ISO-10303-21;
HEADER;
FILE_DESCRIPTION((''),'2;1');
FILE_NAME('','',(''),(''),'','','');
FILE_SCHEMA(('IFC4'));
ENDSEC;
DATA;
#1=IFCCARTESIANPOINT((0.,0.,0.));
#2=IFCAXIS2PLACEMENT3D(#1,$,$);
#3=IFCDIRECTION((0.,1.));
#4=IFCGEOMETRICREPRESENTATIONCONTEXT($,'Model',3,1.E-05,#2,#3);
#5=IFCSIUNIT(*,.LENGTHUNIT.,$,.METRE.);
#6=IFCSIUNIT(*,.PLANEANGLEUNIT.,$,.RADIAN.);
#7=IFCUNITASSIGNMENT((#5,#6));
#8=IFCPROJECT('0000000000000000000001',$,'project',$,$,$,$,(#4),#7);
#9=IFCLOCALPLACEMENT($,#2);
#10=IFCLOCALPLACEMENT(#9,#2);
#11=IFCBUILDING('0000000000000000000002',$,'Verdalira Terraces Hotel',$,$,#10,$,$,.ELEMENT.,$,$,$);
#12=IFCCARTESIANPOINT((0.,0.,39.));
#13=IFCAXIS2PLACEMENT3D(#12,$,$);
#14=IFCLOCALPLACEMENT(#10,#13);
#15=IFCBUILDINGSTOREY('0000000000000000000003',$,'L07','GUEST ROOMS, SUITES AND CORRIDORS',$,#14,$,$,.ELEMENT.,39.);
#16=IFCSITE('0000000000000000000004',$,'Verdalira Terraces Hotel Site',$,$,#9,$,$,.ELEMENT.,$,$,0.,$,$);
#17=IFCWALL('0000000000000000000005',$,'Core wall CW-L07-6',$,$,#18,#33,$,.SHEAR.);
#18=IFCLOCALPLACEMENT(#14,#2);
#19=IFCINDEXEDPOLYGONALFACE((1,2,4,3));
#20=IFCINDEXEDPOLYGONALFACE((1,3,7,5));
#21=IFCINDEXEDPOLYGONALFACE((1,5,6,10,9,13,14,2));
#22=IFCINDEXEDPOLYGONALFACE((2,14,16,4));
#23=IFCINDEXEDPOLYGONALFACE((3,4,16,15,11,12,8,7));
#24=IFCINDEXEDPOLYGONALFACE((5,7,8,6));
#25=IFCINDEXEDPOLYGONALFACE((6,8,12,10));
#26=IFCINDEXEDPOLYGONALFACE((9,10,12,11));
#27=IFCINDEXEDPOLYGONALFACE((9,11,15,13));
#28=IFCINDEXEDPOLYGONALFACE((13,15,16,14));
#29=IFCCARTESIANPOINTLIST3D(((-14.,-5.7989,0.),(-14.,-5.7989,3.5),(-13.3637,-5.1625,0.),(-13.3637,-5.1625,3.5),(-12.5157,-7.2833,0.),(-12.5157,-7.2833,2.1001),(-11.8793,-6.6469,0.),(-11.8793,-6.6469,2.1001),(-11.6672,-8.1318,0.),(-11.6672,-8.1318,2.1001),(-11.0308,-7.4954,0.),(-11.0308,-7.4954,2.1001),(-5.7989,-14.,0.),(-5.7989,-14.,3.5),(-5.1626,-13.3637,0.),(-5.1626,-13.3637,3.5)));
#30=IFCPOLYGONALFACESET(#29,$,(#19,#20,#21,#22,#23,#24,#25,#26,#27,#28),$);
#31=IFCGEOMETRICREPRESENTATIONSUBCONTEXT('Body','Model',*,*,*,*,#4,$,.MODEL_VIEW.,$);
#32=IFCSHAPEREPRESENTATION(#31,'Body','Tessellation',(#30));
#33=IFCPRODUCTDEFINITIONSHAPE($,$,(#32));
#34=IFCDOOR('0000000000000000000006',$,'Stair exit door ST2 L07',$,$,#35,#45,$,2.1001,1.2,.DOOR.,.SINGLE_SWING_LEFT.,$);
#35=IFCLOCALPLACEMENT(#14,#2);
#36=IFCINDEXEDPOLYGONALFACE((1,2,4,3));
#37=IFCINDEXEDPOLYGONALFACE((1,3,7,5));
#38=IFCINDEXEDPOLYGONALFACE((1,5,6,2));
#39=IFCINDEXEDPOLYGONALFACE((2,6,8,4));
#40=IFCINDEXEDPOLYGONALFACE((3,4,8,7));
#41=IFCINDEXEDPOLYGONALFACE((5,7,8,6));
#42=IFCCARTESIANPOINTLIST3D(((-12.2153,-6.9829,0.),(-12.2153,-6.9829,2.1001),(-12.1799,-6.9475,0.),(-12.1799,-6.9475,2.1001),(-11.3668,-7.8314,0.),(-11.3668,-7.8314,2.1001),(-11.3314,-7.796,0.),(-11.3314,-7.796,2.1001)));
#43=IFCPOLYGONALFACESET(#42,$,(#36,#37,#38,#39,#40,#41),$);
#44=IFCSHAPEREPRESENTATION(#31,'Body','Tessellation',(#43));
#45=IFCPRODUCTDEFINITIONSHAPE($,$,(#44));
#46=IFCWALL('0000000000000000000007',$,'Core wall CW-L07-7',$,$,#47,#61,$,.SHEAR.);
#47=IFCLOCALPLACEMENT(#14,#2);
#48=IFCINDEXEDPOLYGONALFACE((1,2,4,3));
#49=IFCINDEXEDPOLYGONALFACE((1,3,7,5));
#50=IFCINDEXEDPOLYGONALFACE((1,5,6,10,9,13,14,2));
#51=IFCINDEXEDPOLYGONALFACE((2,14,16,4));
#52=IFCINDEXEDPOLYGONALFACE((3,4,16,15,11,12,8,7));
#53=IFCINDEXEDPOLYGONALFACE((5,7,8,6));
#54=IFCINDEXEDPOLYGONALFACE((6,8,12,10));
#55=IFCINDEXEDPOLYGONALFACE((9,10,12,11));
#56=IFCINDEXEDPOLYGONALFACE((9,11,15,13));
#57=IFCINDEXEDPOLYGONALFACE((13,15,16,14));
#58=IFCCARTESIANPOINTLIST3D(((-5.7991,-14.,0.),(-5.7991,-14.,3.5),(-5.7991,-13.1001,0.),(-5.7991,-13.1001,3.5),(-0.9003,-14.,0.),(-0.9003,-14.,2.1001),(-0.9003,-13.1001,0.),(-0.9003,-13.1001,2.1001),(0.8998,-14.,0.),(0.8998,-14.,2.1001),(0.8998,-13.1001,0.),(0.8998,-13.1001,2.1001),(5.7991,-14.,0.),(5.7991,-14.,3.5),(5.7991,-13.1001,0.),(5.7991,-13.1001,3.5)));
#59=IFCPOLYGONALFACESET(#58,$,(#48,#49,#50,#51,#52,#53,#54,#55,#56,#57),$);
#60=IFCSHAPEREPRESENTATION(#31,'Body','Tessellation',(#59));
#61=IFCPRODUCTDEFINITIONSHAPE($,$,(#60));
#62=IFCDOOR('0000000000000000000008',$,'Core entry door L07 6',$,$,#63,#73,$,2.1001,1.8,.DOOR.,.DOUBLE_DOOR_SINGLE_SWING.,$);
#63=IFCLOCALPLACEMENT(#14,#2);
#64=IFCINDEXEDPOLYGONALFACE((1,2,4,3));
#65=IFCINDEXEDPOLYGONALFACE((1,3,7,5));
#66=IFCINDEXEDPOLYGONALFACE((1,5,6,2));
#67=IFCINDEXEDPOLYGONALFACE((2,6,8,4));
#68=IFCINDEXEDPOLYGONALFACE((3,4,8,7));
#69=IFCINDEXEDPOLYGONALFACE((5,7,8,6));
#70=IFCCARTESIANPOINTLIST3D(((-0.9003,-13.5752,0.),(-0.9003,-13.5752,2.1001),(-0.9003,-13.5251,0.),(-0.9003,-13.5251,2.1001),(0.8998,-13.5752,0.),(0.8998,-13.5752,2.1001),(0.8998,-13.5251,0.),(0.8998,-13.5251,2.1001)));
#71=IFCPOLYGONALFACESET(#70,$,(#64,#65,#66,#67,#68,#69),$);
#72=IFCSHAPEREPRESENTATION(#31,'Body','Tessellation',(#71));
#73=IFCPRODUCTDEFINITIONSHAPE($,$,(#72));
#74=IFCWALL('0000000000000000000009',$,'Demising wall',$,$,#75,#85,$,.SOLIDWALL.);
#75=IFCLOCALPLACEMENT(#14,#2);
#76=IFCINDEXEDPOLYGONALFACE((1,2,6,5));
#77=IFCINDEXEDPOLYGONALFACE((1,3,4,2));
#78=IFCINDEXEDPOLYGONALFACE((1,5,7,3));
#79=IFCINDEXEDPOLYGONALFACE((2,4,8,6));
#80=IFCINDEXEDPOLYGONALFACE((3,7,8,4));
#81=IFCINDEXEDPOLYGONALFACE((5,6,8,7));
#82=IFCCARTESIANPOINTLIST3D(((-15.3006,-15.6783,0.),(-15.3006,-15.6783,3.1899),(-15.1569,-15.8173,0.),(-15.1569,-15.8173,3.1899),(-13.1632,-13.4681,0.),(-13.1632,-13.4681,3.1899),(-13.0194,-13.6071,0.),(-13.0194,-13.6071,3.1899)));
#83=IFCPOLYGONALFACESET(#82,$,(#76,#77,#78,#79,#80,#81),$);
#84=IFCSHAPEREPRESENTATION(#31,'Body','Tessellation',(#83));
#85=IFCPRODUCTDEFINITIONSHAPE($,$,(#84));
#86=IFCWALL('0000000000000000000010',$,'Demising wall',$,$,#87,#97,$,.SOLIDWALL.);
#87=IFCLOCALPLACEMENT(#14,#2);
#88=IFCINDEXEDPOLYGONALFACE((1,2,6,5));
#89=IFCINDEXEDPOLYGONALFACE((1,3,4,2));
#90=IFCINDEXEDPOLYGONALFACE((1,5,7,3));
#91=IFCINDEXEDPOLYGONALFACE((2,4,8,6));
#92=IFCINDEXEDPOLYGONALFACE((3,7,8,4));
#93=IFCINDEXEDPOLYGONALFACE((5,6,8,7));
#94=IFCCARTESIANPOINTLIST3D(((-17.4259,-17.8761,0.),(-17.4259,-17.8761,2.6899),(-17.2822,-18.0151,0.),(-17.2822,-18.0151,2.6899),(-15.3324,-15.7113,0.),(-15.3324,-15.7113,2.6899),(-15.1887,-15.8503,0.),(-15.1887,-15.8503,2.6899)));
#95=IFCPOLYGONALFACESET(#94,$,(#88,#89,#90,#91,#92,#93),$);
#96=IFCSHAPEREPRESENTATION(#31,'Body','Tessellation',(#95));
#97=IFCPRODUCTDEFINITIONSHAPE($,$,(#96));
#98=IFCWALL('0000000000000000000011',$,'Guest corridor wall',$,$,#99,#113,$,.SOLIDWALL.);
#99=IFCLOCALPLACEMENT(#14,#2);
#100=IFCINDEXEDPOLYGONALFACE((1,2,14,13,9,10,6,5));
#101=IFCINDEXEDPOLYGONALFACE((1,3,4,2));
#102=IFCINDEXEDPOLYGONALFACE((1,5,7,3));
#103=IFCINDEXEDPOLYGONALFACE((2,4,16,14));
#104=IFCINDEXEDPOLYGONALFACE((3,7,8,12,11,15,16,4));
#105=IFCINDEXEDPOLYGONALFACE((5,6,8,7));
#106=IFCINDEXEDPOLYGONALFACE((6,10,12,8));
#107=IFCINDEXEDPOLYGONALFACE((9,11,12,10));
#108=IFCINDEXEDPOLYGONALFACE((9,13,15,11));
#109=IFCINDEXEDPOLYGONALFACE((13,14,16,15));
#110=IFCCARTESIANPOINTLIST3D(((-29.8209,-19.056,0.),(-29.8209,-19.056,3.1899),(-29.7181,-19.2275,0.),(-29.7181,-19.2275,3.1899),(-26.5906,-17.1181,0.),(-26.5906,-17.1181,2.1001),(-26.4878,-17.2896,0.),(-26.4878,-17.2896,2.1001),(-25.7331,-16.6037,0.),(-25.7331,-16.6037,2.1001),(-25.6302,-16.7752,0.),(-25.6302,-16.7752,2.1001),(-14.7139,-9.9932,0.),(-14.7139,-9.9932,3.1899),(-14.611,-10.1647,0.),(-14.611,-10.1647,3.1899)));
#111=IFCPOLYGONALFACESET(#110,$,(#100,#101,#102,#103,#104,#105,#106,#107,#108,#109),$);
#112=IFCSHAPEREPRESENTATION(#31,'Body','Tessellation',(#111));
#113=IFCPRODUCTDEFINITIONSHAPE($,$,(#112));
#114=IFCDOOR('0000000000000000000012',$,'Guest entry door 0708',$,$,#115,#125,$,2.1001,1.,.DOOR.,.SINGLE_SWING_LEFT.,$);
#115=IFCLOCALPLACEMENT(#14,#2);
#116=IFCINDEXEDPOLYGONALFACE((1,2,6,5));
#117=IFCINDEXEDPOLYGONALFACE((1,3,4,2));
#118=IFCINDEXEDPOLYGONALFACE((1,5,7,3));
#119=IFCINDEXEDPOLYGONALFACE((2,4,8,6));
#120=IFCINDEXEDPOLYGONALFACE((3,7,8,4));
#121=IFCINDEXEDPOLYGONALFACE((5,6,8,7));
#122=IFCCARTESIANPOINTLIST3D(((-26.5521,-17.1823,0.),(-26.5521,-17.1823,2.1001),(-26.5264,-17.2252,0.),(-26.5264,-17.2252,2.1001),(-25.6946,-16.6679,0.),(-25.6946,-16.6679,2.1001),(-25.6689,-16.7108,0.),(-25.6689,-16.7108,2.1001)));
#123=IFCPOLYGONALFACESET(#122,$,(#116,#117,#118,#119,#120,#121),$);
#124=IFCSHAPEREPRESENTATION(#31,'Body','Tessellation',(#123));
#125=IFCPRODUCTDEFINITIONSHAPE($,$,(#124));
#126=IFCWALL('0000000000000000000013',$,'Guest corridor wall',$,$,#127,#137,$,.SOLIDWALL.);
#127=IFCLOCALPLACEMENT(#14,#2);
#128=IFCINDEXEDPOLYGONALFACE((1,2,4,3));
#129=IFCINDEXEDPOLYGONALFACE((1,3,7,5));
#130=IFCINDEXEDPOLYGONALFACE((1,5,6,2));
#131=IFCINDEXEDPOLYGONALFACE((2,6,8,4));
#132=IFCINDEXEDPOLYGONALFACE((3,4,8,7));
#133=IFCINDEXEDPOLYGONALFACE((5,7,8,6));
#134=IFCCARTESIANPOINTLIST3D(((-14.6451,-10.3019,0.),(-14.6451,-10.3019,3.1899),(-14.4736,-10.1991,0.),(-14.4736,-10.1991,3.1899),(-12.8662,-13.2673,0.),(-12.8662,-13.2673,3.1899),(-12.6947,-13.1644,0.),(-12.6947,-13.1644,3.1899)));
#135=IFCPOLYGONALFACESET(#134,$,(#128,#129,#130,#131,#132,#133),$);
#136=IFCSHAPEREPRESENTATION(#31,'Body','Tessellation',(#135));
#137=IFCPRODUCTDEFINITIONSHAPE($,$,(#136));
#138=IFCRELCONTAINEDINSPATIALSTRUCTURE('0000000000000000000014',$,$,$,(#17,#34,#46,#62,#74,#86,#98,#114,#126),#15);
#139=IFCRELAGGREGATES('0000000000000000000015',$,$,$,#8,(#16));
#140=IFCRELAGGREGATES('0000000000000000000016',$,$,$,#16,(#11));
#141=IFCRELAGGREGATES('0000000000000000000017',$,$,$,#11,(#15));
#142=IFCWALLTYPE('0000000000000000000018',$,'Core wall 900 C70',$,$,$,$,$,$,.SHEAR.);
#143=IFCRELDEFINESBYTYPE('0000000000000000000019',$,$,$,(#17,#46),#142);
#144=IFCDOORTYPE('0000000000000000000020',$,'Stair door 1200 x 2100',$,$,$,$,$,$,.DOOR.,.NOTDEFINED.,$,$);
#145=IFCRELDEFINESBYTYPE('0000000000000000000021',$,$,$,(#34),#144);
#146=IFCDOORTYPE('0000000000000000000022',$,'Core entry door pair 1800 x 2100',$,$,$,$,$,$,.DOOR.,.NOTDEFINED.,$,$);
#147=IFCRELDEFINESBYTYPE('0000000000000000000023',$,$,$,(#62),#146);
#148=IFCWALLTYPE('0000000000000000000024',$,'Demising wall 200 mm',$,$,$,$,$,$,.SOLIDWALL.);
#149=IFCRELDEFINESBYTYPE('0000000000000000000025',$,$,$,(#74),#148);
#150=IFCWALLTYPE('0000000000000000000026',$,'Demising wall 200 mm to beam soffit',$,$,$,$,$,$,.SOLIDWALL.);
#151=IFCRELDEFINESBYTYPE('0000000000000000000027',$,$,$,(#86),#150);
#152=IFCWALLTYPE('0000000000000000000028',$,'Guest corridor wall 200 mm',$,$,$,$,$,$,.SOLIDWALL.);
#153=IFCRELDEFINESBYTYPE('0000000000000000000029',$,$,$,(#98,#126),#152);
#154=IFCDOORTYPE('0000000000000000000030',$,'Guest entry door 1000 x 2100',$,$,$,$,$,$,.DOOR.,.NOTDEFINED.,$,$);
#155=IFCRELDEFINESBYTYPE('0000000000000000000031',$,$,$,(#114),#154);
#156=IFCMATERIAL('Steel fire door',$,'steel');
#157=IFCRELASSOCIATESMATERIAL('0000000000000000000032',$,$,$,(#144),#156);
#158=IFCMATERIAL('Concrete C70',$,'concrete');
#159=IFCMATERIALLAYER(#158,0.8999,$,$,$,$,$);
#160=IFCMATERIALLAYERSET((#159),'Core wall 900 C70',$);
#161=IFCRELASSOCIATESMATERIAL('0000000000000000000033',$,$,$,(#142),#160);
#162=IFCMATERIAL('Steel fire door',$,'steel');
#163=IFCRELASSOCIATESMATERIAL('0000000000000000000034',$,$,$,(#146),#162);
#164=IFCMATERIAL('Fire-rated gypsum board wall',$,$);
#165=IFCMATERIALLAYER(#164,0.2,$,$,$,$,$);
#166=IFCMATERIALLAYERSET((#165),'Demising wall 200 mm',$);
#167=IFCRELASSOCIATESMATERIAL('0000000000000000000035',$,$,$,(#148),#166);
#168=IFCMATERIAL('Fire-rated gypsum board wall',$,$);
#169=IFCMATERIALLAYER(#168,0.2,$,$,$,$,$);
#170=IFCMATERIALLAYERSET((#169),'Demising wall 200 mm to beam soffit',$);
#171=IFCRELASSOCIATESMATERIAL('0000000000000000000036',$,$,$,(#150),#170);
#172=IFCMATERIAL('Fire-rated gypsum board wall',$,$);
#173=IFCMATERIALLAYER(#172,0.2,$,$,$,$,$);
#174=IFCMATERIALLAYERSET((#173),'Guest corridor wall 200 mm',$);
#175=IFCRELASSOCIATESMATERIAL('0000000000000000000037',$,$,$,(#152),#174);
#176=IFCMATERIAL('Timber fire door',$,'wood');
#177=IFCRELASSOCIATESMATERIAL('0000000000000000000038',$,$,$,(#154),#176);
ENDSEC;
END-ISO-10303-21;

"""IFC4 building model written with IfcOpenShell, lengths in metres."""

from ifc_helpers import new_model, si_unit, direction, frame, frame_2d, origin, place, context, subcontext, project, spatial, rectangle, extrude, material, layer, layer_set, type_object, element, fill, save


model = new_model("IFC4")

# Units and contexts
model_context = context("Model", 3, precision=1e-05, world=origin(), true_north=direction((0.0, 1.0)))
body_context = subcontext(model_context, "Body", "Model", "MODEL_VIEW")
ifc_project = project(units=[si_unit("LENGTHUNIT", "METRE"), si_unit("PLANEANGLEUNIT", "RADIAN")], contexts=[model_context])

# Site, building, storey
site_placement = place(None, origin())
site = spatial("IfcSite", under=ifc_project, at=site_placement, Name="Verdalira Terraces Hotel Site", CompositionType="ELEMENT", RefElevation=0.0)
building_placement = place(site_placement, origin())
building = spatial("IfcBuilding", under=site, at=building_placement, Name="Verdalira Terraces Hotel", CompositionType="ELEMENT")
storey_placement = place(building_placement, frame((0.0, 0.0, 39.0)))
storey = spatial("IfcBuildingStorey", under=building, at=storey_placement, Name="L07", Description="GUEST ROOMS, SUITES AND CORRIDORS", CompositionType="ELEMENT", Elevation=39.0)

# Shared definitions
ifc_material_1 = material(Name="Steel fire door", Category="steel")
door_type_1 = type_object("IfcDoorType", Name="Stair door 1200 x 2100", OperationType="NOTDEFINED", PredefinedType="DOOR", material=ifc_material_1)

# Walls, openings, doors
ifc_material_2 = material(Name="Concrete C70", Category="concrete")
ifc_layer_1 = layer(ifc_material_2, 0.8999)
ifc_layer_set_1 = layer_set([ifc_layer_1], Name="Core wall 900 C70")
wall_type_1 = type_object("IfcWallType", Name="Core wall 900 C70", PredefinedType="SHEAR", material=ifc_layer_set_1)
wall_1_placement = place(storey_placement, frame((-13.6819, -5.4807, 0.0), z_axis=(0.0, 0.0, 1.0), x_axis=(0.707107, -0.707107, 0.0)))
wall_1 = element("IfcWall", 1, at=wall_1_placement, inside=storey, type_object=wall_type_1, Name="Core wall CW-L07-6", PredefinedType="SHEAR", context=body_context, shape_type="SweptSolid", body=[
    extrude(rectangle(XDim=11.5981, YDim=0.8999, at=frame_2d((5.7991, 0.0))), origin(), (0.0, 0.0, 1.0), 3.5),
])
opening_1_placement = place(wall_1_placement, frame((2.0991, 0.0, 0.0)))
opening_1 = element("IfcOpeningElement", 2, at=opening_1_placement, cuts=wall_1, PredefinedType="OPENING", context=body_context, shape_type="SweptSolid", body=[
    extrude(rectangle(XDim=1.2, YDim=2.1001, at=frame_2d((0.6001, 1.05))), frame((0.0, 0.46, 0.0), z_axis=(0.0, -1.0, 0.0), x_axis=(1.0, 0.0, 0.0)), (0.0, 0.0, 1.0), 0.9199),
])
door_1_placement = place(opening_1_placement, origin())
door_1 = element("IfcDoor", 3, at=door_1_placement, inside=storey, type_object=door_type_1, Name="Stair exit door ST2 L07", OperationType="SINGLE_SWING_LEFT", OverallHeight=2.1001, OverallWidth=1.2, PredefinedType="DOOR", context=body_context, shape_type="SweptSolid", body=[
    extrude(rectangle(XDim=1.2, YDim=2.1001, at=frame_2d((0.6001, 1.05))), frame((0.0, 0.0249, 0.0), z_axis=(0.0, -1.0, 0.0), x_axis=(1.0, 0.0, 0.0)), (0.0, 0.0, 1.0), 0.05),
])
fill(opening_1, door_1)
wall_2_placement = place(storey_placement, frame((-5.7991, -13.55, 0.0), z_axis=(0.0, 0.0, 1.0), x_axis=(1.0, 0.0, 0.0)))
wall_2 = element("IfcWall", 4, at=wall_2_placement, inside=storey, type_object=wall_type_1, Name="Core wall CW-L07-7", PredefinedType="SHEAR", context=body_context, shape_type="SweptSolid", body=[
    extrude(rectangle(XDim=11.5981, YDim=0.8999, at=frame_2d((5.7991, 0.0))), origin(), (0.0, 0.0, 1.0), 3.5),
])
opening_2_placement = place(wall_2_placement, frame((4.8989, 0.0, 0.0)))
opening_2 = element("IfcOpeningElement", 5, at=opening_2_placement, cuts=wall_2, PredefinedType="OPENING", context=body_context, shape_type="SweptSolid", body=[
    extrude(rectangle(XDim=1.8, YDim=2.1001, at=frame_2d((0.8999, 1.05))), frame((0.0, 0.46, 0.0), z_axis=(0.0, -1.0, 0.0), x_axis=(1.0, 0.0, 0.0)), (0.0, 0.0, 1.0), 0.9199),
])
ifc_material_3 = material(Name="Steel fire door", Category="steel")
door_type_2 = type_object("IfcDoorType", Name="Core entry door pair 1800 x 2100", OperationType="NOTDEFINED", PredefinedType="DOOR", material=ifc_material_3)
door_2_placement = place(opening_2_placement, origin())
door_2 = element("IfcDoor", 6, at=door_2_placement, inside=storey, type_object=door_type_2, Name="Core entry door L07 6", OperationType="DOUBLE_DOOR_SINGLE_SWING", OverallHeight=2.1001, OverallWidth=1.8, PredefinedType="DOOR", context=body_context, shape_type="SweptSolid", body=[
    extrude(rectangle(XDim=1.8, YDim=2.1001, at=frame_2d((0.8999, 1.05))), frame((0.0, 0.0249, 0.0), z_axis=(0.0, -1.0, 0.0), x_axis=(1.0, 0.0, 0.0)), (0.0, 0.0, 1.0), 0.05),
])
fill(opening_2, door_2)

# Walls
ifc_material_4 = material(Name="Fire-rated gypsum board wall")
ifc_layer_2 = layer(ifc_material_4, 0.2)
ifc_layer_set_2 = layer_set([ifc_layer_2], Name="Demising wall 200 mm")
wall_type_2 = type_object("IfcWallType", Name="Demising wall 200 mm", PredefinedType="SOLIDWALL", material=ifc_layer_set_2)
wall_3_placement = place(storey_placement, frame((-13.0913, -13.5376, 0.0), z_axis=(0.0, 0.0, 1.0), x_axis=(-0.695177, -0.718839, 0.0)))
element("IfcWall", 7, at=wall_3_placement, inside=storey, type_object=wall_type_2, Name="Demising wall", PredefinedType="SOLIDWALL", context=body_context, shape_type="SweptSolid", body=[
    extrude(rectangle(XDim=3.0747, YDim=0.2, at=frame_2d((1.5374, 0.0))), origin(), (0.0, 0.0, 1.0), 3.1899),
])
ifc_material_5 = material(Name="Fire-rated gypsum board wall")
ifc_layer_3 = layer(ifc_material_5, 0.2)
ifc_layer_set_3 = layer_set([ifc_layer_3], Name="Demising wall 200 mm to beam soffit")
wall_type_3 = type_object("IfcWallType", Name="Demising wall 200 mm to beam soffit", PredefinedType="SOLIDWALL", material=ifc_layer_set_3)
wall_4_placement = place(storey_placement, frame((-15.2605, -15.7808, 0.0), z_axis=(0.0, 0.0, 1.0), x_axis=(-0.695172, -0.718844, 0.0)))
element("IfcWall", 8, at=wall_4_placement, inside=storey, type_object=wall_type_3, Name="Demising wall", PredefinedType="SOLIDWALL", context=body_context, shape_type="SweptSolid", body=[
    extrude(rectangle(XDim=3.0115, YDim=0.2, at=frame_2d((1.5059, 0.0))), origin(), (0.0, 0.0, 1.0), 2.6899),
])

# Wall, opening, door
ifc_material_6 = material(Name="Fire-rated gypsum board wall")
ifc_layer_4 = layer(ifc_material_6, 0.2)
ifc_layer_set_4 = layer_set([ifc_layer_4], Name="Guest corridor wall 200 mm")
wall_type_4 = type_object("IfcWallType", Name="Guest corridor wall 200 mm", PredefinedType="SOLIDWALL", material=ifc_layer_set_4)
wall_5_placement = place(storey_placement, frame((-14.6624, -10.0789, 0.0), z_axis=(0.0, 0.0, 1.0), x_axis=(-0.857528, -0.514437, 0.0)))
wall_5 = element("IfcWall", 9, at=wall_5_placement, inside=storey, type_object=wall_type_4, Name="Guest corridor wall", PredefinedType="SOLIDWALL", context=body_context, shape_type="SweptSolid", body=[
    extrude(rectangle(XDim=17.6169, YDim=0.2, at=frame_2d((8.8086, 0.0))), origin(), (0.0, 0.0, 1.0), 3.1899),
])
opening_3_placement = place(wall_5_placement, frame((12.8501, 0.0, 0.0)))
opening_3 = element("IfcOpeningElement", 10, at=opening_3_placement, cuts=wall_5, PredefinedType="OPENING", context=body_context, shape_type="SweptSolid", body=[
    extrude(rectangle(XDim=1.0, YDim=2.1001, at=frame_2d((0.5, 1.05))), frame((0.0, 0.1099, 0.0), z_axis=(0.0, -1.0, 0.0), x_axis=(1.0, 0.0, 0.0)), (0.0, 0.0, 1.0), 0.22),
])
ifc_material_7 = material(Name="Timber fire door", Category="wood")
door_type_3 = type_object("IfcDoorType", Name="Guest entry door 1000 x 2100", OperationType="NOTDEFINED", PredefinedType="DOOR", material=ifc_material_7)
door_3_placement = place(opening_3_placement, origin())
door_3 = element("IfcDoor", 11, at=door_3_placement, inside=storey, type_object=door_type_3, Name="Guest entry door 0708", OperationType="SINGLE_SWING_LEFT", OverallHeight=2.1001, OverallWidth=1.0, PredefinedType="DOOR", context=body_context, shape_type="SweptSolid", body=[
    extrude(rectangle(XDim=1.0, YDim=2.1001, at=frame_2d((0.5, 1.05))), frame((0.0, 0.0249, 0.0), z_axis=(0.0, -1.0, 0.0), x_axis=(1.0, 0.0, 0.0)), (0.0, 0.0, 1.0), 0.05),
])
fill(opening_3, door_3)

# Wall
wall_6_placement = place(storey_placement, frame((-14.5593, -10.2505, 0.0), z_axis=(0.0, 0.0, 1.0), x_axis=(0.514413, -0.857543, 0.0)))
element("IfcWall", 12, at=wall_6_placement, inside=storey, type_object=wall_type_4, Name="Guest corridor wall", PredefinedType="SOLIDWALL", context=body_context, shape_type="SweptSolid", body=[
    extrude(rectangle(XDim=3.458, YDim=0.2, at=frame_2d((1.729, 0.0))), origin(), (0.0, 0.0, 1.0), 3.1899),
])

save(model, "model.ifc")
